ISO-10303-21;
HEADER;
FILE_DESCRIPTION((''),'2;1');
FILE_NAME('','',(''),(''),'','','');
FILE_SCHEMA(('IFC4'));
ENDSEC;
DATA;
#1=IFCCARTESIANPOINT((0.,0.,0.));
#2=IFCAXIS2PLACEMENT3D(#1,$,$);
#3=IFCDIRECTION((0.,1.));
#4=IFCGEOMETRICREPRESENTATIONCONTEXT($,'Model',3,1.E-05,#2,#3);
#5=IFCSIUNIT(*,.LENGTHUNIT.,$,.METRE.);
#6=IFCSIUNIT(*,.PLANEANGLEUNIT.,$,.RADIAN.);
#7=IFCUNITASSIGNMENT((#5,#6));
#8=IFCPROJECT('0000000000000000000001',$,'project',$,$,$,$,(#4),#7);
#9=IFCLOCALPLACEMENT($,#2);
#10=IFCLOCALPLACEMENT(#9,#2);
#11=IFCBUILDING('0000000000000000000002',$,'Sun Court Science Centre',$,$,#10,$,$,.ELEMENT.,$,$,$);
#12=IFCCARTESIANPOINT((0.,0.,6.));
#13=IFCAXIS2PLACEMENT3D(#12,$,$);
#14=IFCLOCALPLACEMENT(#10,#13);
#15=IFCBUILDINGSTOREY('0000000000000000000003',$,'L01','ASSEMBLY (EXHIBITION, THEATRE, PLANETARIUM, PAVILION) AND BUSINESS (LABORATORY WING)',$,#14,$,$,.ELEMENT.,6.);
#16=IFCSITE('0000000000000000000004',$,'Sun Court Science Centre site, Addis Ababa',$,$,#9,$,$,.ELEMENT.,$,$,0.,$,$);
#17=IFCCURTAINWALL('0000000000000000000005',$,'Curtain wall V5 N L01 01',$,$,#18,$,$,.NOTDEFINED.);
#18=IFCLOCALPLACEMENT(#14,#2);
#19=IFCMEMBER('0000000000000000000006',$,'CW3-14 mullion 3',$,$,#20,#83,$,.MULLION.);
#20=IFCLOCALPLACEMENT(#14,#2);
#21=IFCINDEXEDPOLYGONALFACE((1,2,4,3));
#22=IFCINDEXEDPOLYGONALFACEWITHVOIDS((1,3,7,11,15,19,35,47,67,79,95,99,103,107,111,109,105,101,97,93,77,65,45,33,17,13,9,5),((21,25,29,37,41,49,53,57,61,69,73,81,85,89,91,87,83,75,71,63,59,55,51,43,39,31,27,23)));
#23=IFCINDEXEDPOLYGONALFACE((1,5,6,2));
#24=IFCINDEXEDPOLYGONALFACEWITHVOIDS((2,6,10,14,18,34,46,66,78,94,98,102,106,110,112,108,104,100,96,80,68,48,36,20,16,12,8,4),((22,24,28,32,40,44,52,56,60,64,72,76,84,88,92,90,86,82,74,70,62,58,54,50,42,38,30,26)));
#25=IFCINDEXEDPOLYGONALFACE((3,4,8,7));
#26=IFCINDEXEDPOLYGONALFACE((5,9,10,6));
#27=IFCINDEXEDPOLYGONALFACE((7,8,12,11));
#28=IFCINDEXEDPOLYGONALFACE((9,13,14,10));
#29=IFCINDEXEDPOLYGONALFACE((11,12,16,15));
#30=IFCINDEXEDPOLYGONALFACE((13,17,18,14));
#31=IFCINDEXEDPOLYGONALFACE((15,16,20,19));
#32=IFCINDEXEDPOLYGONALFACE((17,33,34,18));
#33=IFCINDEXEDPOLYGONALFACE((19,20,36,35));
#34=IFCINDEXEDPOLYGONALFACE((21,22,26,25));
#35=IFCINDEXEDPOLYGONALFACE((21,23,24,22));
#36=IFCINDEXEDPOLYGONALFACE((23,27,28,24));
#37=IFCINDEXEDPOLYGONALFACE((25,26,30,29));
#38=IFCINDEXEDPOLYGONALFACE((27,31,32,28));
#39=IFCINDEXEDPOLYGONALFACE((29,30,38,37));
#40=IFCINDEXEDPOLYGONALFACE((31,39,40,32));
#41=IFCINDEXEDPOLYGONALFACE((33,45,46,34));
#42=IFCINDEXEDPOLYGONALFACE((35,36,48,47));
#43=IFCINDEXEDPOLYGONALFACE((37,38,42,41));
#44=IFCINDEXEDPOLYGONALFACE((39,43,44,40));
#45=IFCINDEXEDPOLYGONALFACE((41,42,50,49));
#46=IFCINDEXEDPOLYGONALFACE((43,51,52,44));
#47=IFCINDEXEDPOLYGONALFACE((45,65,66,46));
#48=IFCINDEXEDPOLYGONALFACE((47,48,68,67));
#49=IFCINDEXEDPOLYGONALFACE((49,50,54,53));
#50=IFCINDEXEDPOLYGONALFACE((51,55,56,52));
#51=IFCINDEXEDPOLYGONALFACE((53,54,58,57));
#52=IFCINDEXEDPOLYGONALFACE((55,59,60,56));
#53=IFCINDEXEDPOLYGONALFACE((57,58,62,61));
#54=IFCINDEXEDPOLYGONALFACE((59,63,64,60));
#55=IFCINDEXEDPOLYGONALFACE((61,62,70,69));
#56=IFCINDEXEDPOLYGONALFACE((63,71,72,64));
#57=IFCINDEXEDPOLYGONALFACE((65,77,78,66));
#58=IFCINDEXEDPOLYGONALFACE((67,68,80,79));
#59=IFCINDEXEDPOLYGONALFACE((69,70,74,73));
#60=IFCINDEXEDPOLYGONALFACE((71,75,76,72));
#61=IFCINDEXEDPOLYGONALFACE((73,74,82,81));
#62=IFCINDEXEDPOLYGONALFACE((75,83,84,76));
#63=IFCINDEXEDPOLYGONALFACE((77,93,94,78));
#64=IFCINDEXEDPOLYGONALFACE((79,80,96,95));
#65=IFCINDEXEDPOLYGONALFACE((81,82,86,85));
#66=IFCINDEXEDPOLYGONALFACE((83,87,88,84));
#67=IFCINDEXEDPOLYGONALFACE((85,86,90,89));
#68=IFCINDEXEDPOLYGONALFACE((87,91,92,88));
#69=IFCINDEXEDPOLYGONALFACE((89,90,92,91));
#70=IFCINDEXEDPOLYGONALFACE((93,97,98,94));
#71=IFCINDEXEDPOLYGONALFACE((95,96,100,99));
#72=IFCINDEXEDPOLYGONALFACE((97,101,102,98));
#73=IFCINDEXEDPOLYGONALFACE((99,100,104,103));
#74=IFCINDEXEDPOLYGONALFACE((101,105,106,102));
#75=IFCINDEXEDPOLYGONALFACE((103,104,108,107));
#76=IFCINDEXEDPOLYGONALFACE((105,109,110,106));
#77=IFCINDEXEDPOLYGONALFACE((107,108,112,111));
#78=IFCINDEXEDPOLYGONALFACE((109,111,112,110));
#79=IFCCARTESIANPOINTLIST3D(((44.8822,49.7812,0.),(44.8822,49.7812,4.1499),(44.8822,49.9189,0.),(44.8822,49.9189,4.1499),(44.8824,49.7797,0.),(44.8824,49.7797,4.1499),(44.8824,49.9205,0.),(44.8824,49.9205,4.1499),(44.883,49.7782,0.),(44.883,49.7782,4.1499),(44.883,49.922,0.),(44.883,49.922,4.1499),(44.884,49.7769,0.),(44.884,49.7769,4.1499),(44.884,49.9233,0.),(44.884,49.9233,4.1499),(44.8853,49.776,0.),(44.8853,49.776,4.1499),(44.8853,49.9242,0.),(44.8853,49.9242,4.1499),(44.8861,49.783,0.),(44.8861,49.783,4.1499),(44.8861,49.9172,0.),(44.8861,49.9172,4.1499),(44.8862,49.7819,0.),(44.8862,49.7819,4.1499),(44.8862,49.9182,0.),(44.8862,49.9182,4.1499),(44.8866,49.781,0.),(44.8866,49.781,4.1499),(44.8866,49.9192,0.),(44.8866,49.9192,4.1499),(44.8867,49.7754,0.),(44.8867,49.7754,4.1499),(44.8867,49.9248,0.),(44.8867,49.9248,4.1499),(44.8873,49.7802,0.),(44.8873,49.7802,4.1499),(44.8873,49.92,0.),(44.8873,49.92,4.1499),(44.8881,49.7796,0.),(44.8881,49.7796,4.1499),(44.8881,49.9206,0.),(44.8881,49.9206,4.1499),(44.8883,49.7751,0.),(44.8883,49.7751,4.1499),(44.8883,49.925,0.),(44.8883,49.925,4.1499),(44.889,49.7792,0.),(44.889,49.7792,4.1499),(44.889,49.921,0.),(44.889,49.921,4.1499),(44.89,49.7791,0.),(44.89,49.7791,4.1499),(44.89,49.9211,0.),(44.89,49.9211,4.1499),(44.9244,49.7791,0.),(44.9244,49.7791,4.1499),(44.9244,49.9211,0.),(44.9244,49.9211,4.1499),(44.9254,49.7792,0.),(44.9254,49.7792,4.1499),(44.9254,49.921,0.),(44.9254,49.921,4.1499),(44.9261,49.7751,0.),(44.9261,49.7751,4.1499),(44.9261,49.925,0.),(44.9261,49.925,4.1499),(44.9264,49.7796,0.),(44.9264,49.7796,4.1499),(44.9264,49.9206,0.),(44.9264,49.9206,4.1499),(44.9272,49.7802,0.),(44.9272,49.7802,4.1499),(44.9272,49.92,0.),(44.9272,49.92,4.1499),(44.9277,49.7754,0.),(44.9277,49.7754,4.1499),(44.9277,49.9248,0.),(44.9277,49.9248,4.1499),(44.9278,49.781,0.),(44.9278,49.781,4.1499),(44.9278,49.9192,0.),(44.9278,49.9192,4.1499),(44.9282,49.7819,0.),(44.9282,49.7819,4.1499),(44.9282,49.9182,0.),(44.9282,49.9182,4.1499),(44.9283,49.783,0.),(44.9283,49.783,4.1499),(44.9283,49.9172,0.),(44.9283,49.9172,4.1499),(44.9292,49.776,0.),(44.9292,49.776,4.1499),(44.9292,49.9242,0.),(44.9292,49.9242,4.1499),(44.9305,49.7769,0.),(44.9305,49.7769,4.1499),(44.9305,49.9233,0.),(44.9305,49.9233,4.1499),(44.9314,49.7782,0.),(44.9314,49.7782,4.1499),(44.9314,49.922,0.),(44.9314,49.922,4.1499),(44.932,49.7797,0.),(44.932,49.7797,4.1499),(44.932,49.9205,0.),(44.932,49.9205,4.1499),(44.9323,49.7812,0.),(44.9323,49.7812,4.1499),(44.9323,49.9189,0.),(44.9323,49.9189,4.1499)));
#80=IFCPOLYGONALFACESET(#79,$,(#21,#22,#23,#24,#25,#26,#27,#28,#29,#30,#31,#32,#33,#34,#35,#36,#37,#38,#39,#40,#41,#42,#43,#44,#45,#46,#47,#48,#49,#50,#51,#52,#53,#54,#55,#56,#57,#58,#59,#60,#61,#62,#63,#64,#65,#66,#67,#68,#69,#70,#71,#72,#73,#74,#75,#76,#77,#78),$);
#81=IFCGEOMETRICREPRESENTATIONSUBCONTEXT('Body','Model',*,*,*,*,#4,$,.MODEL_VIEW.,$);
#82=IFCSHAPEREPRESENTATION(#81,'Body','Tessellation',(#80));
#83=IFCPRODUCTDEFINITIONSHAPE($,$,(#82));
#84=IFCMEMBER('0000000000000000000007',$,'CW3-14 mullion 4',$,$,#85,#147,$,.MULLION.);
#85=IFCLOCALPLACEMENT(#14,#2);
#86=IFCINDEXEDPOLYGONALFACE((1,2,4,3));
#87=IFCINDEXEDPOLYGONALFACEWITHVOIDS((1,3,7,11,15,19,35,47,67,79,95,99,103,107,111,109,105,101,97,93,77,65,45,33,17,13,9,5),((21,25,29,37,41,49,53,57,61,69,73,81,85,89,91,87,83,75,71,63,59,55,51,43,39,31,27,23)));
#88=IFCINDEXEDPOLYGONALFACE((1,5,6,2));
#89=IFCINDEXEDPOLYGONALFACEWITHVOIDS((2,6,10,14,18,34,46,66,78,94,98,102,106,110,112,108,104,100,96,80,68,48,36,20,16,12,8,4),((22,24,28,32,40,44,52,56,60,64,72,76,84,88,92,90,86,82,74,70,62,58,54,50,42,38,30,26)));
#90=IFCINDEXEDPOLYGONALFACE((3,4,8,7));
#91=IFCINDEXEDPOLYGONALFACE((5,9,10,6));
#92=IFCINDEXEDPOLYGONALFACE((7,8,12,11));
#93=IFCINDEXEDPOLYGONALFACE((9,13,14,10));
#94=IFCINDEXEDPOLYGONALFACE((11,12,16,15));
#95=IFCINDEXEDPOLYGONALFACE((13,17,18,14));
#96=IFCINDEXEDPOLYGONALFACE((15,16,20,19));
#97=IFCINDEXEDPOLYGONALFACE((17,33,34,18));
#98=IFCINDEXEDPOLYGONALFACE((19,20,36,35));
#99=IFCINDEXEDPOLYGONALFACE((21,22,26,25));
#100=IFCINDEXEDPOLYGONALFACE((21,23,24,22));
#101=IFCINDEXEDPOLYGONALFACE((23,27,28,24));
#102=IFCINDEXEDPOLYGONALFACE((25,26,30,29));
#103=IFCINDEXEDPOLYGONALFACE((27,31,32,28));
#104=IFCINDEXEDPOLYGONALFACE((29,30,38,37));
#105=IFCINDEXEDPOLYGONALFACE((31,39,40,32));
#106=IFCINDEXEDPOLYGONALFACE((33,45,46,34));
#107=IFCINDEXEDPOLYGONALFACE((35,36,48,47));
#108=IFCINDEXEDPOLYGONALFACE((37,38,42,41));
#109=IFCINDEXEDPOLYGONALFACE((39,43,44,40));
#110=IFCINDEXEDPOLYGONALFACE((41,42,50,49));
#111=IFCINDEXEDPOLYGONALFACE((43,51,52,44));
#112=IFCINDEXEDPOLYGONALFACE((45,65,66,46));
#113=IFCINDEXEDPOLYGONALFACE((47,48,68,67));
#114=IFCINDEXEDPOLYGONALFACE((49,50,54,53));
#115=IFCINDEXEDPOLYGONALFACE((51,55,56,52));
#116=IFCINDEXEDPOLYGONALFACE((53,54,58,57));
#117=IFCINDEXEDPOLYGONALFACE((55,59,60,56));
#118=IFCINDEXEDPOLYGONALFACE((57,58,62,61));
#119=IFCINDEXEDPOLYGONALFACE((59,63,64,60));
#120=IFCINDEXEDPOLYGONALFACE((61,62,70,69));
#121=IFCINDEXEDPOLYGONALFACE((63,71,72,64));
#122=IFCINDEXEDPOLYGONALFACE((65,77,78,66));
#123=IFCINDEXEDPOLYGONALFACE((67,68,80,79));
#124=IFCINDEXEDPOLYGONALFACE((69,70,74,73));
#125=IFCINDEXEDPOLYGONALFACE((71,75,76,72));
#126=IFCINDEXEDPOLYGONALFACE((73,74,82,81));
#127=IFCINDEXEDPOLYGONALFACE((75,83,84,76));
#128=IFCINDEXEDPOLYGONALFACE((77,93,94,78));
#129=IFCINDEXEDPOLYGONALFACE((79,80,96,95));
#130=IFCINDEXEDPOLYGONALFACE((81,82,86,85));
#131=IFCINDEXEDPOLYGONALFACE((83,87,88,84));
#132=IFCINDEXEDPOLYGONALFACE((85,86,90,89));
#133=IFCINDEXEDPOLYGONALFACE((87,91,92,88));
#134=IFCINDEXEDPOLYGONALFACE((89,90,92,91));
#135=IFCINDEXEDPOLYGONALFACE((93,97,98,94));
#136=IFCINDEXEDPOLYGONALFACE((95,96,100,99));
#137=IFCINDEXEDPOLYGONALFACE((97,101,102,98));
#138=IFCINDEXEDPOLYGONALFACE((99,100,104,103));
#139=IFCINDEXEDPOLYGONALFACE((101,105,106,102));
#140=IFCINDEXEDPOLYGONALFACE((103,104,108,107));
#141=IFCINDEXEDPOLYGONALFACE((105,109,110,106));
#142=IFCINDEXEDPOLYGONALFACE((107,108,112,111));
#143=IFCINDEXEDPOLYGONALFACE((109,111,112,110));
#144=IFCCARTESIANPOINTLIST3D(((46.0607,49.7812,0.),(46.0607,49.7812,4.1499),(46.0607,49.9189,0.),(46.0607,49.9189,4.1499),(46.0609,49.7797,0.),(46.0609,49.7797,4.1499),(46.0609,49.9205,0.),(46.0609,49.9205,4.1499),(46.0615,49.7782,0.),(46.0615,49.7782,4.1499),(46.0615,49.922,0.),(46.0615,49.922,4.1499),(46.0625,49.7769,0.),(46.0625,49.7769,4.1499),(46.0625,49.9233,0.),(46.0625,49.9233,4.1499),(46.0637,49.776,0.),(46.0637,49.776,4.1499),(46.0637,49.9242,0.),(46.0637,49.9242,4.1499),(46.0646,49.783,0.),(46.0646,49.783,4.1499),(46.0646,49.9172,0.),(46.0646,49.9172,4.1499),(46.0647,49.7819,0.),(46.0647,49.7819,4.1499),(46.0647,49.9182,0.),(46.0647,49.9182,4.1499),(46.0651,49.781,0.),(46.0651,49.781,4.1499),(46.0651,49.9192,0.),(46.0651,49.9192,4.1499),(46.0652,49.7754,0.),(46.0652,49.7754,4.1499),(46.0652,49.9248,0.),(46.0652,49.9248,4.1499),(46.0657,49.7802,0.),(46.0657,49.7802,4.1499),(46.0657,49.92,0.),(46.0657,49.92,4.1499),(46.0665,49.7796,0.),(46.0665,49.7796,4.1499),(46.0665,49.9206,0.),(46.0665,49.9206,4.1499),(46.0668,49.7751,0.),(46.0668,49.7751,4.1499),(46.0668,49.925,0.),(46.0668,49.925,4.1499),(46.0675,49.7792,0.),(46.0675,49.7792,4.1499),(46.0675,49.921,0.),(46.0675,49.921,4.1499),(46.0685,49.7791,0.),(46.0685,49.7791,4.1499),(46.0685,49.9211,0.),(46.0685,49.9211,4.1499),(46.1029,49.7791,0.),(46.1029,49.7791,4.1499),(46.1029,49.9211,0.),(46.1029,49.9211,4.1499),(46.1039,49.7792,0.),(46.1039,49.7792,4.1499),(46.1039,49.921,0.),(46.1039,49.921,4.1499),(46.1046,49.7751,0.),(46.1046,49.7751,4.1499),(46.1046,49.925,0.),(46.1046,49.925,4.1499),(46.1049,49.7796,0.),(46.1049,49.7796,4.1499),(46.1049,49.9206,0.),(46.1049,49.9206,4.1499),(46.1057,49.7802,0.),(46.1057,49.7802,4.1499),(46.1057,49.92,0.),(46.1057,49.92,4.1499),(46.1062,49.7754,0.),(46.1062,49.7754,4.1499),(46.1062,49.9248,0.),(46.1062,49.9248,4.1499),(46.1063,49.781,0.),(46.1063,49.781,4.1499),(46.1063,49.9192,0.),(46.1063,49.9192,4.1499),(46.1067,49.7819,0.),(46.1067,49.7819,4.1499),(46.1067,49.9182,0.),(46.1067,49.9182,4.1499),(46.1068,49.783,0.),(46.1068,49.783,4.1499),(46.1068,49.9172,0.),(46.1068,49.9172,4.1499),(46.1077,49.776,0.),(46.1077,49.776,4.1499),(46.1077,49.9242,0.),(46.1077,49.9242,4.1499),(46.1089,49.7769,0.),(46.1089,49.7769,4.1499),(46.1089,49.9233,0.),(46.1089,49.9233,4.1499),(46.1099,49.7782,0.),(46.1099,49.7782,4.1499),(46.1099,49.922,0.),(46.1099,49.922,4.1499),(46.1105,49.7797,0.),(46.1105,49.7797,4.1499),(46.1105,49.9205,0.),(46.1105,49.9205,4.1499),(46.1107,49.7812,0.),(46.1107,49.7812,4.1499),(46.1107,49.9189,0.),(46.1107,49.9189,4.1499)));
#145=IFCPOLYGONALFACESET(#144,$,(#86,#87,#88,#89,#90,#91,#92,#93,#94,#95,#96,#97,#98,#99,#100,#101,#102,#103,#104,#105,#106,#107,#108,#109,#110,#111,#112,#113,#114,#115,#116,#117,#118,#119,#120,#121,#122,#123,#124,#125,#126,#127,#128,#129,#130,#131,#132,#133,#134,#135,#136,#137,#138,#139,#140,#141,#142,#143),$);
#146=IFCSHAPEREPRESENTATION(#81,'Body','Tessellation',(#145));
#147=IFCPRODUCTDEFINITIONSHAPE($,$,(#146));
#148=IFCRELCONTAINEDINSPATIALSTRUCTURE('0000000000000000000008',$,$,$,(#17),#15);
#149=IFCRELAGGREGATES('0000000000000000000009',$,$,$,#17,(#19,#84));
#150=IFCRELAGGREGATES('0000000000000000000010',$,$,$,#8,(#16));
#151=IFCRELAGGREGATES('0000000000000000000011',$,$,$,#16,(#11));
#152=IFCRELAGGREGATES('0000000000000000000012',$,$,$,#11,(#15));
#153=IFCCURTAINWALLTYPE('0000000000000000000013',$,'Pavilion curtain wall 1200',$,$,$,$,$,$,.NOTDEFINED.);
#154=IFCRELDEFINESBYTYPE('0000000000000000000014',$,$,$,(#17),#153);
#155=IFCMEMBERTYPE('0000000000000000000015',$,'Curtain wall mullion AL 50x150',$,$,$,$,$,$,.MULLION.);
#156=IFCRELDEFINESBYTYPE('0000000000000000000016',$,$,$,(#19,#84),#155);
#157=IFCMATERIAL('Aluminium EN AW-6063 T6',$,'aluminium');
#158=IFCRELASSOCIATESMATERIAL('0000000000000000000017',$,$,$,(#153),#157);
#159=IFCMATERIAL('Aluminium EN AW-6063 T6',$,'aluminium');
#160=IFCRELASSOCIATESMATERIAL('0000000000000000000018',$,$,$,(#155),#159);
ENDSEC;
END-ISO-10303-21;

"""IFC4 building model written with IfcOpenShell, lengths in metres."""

from ifc_helpers import new_model, si_unit, direction, frame, origin, origin_2d, place, context, subcontext, project, spatial, hollow_rectangle, extrude, material, material_profile, profile_set, type_object, element, aggregate, save


model = new_model("IFC4")

# Units and contexts
model_context = context("Model", 3, precision=1e-05, world=origin(), true_north=direction((0.0, 1.0)))
body_context = subcontext(model_context, "Body", "Model", "MODEL_VIEW")
ifc_project = project(units=[si_unit("LENGTHUNIT", "METRE"), si_unit("PLANEANGLEUNIT", "RADIAN")], contexts=[model_context])

# Site, building, storey
site_placement = place(None, origin())
site = spatial("IfcSite", under=ifc_project, at=site_placement, Name="Sun Court Science Centre site, Addis Ababa", CompositionType="ELEMENT", RefElevation=0.0)
building_placement = place(site_placement, origin())
building = spatial("IfcBuilding", under=site, at=building_placement, Name="Sun Court Science Centre", CompositionType="ELEMENT")
storey_placement = place(building_placement, frame((0.0, 0.0, 6.0)))
storey = spatial("IfcBuildingStorey", under=building, at=storey_placement, Name="L01", Description="ASSEMBLY (EXHIBITION, THEATRE, PLANETARIUM, PAVILION) AND BUSINESS (LABORATORY WING)", CompositionType="ELEMENT", Elevation=6.0)

# Curtain wall, members
ifc_material_1 = material(Name="Aluminium EN AW-6063 T6", Category="aluminium")
curtain_wall_type = type_object("IfcCurtainWallType", Name="Pavilion curtain wall 1200", PredefinedType="NOTDEFINED", material=ifc_material_1)
curtain_wall_placement = place(storey_placement, origin())
curtain_wall = element("IfcCurtainWall", 1, at=curtain_wall_placement, inside=storey, type_object=curtain_wall_type, Name="Curtain wall V5 N L01 01", PredefinedType="NOTDEFINED")
ifc_material_2 = material(Name="Aluminium EN AW-6063 T6", Category="aluminium")
ifc_material_profile_1 = material_profile(ifc_material_2, hollow_rectangle(XDim=0.05, YDim=0.1499, WallThickness=0.0039, InnerFilletRadius=0.0039, OuterFilletRadius=0.0061, at=origin_2d()), Name="AL 50x150x4")
ifc_profile_set_1 = profile_set([ifc_material_profile_1], Name="Aluminium EN AW-6063 T6")
member_type_1 = type_object("IfcMemberType", Name="Curtain wall mullion AL 50x150", PredefinedType="MULLION", material=ifc_profile_set_1)
member_1_placement = place(storey_placement, frame((44.9072, 49.8501, 0.0), z_axis=(0.0, 0.0, 1.0), x_axis=(1.0, 0.0, 0.0)))
member_1 = element("IfcMember", 2, at=member_1_placement, type_object=member_type_1, Name="CW3-14 mullion 3", PredefinedType="MULLION", context=body_context, shape_type="SweptSolid", body=[
    extrude(hollow_rectangle(XDim=0.05, YDim=0.1499, WallThickness=0.0039, InnerFilletRadius=0.0039, OuterFilletRadius=0.0061, at=origin_2d()), origin(), (0.0, 0.0, 1.0), 4.1499),
])
member_2_placement = place(storey_placement, frame((46.0857, 49.8501, 0.0), z_axis=(0.0, 0.0, 1.0), x_axis=(1.0, 0.0, 0.0)))
member_2 = element("IfcMember", 3, at=member_2_placement, type_object=member_type_1, Name="CW3-14 mullion 4", PredefinedType="MULLION", context=body_context, shape_type="SweptSolid", body=[
    extrude(hollow_rectangle(XDim=0.05, YDim=0.1499, WallThickness=0.0039, InnerFilletRadius=0.0039, OuterFilletRadius=0.0061, at=origin_2d()), origin(), (0.0, 0.0, 1.0), 4.1499),
])
aggregate(curtain_wall, [member_1, member_2])

save(model, "model.ifc")
